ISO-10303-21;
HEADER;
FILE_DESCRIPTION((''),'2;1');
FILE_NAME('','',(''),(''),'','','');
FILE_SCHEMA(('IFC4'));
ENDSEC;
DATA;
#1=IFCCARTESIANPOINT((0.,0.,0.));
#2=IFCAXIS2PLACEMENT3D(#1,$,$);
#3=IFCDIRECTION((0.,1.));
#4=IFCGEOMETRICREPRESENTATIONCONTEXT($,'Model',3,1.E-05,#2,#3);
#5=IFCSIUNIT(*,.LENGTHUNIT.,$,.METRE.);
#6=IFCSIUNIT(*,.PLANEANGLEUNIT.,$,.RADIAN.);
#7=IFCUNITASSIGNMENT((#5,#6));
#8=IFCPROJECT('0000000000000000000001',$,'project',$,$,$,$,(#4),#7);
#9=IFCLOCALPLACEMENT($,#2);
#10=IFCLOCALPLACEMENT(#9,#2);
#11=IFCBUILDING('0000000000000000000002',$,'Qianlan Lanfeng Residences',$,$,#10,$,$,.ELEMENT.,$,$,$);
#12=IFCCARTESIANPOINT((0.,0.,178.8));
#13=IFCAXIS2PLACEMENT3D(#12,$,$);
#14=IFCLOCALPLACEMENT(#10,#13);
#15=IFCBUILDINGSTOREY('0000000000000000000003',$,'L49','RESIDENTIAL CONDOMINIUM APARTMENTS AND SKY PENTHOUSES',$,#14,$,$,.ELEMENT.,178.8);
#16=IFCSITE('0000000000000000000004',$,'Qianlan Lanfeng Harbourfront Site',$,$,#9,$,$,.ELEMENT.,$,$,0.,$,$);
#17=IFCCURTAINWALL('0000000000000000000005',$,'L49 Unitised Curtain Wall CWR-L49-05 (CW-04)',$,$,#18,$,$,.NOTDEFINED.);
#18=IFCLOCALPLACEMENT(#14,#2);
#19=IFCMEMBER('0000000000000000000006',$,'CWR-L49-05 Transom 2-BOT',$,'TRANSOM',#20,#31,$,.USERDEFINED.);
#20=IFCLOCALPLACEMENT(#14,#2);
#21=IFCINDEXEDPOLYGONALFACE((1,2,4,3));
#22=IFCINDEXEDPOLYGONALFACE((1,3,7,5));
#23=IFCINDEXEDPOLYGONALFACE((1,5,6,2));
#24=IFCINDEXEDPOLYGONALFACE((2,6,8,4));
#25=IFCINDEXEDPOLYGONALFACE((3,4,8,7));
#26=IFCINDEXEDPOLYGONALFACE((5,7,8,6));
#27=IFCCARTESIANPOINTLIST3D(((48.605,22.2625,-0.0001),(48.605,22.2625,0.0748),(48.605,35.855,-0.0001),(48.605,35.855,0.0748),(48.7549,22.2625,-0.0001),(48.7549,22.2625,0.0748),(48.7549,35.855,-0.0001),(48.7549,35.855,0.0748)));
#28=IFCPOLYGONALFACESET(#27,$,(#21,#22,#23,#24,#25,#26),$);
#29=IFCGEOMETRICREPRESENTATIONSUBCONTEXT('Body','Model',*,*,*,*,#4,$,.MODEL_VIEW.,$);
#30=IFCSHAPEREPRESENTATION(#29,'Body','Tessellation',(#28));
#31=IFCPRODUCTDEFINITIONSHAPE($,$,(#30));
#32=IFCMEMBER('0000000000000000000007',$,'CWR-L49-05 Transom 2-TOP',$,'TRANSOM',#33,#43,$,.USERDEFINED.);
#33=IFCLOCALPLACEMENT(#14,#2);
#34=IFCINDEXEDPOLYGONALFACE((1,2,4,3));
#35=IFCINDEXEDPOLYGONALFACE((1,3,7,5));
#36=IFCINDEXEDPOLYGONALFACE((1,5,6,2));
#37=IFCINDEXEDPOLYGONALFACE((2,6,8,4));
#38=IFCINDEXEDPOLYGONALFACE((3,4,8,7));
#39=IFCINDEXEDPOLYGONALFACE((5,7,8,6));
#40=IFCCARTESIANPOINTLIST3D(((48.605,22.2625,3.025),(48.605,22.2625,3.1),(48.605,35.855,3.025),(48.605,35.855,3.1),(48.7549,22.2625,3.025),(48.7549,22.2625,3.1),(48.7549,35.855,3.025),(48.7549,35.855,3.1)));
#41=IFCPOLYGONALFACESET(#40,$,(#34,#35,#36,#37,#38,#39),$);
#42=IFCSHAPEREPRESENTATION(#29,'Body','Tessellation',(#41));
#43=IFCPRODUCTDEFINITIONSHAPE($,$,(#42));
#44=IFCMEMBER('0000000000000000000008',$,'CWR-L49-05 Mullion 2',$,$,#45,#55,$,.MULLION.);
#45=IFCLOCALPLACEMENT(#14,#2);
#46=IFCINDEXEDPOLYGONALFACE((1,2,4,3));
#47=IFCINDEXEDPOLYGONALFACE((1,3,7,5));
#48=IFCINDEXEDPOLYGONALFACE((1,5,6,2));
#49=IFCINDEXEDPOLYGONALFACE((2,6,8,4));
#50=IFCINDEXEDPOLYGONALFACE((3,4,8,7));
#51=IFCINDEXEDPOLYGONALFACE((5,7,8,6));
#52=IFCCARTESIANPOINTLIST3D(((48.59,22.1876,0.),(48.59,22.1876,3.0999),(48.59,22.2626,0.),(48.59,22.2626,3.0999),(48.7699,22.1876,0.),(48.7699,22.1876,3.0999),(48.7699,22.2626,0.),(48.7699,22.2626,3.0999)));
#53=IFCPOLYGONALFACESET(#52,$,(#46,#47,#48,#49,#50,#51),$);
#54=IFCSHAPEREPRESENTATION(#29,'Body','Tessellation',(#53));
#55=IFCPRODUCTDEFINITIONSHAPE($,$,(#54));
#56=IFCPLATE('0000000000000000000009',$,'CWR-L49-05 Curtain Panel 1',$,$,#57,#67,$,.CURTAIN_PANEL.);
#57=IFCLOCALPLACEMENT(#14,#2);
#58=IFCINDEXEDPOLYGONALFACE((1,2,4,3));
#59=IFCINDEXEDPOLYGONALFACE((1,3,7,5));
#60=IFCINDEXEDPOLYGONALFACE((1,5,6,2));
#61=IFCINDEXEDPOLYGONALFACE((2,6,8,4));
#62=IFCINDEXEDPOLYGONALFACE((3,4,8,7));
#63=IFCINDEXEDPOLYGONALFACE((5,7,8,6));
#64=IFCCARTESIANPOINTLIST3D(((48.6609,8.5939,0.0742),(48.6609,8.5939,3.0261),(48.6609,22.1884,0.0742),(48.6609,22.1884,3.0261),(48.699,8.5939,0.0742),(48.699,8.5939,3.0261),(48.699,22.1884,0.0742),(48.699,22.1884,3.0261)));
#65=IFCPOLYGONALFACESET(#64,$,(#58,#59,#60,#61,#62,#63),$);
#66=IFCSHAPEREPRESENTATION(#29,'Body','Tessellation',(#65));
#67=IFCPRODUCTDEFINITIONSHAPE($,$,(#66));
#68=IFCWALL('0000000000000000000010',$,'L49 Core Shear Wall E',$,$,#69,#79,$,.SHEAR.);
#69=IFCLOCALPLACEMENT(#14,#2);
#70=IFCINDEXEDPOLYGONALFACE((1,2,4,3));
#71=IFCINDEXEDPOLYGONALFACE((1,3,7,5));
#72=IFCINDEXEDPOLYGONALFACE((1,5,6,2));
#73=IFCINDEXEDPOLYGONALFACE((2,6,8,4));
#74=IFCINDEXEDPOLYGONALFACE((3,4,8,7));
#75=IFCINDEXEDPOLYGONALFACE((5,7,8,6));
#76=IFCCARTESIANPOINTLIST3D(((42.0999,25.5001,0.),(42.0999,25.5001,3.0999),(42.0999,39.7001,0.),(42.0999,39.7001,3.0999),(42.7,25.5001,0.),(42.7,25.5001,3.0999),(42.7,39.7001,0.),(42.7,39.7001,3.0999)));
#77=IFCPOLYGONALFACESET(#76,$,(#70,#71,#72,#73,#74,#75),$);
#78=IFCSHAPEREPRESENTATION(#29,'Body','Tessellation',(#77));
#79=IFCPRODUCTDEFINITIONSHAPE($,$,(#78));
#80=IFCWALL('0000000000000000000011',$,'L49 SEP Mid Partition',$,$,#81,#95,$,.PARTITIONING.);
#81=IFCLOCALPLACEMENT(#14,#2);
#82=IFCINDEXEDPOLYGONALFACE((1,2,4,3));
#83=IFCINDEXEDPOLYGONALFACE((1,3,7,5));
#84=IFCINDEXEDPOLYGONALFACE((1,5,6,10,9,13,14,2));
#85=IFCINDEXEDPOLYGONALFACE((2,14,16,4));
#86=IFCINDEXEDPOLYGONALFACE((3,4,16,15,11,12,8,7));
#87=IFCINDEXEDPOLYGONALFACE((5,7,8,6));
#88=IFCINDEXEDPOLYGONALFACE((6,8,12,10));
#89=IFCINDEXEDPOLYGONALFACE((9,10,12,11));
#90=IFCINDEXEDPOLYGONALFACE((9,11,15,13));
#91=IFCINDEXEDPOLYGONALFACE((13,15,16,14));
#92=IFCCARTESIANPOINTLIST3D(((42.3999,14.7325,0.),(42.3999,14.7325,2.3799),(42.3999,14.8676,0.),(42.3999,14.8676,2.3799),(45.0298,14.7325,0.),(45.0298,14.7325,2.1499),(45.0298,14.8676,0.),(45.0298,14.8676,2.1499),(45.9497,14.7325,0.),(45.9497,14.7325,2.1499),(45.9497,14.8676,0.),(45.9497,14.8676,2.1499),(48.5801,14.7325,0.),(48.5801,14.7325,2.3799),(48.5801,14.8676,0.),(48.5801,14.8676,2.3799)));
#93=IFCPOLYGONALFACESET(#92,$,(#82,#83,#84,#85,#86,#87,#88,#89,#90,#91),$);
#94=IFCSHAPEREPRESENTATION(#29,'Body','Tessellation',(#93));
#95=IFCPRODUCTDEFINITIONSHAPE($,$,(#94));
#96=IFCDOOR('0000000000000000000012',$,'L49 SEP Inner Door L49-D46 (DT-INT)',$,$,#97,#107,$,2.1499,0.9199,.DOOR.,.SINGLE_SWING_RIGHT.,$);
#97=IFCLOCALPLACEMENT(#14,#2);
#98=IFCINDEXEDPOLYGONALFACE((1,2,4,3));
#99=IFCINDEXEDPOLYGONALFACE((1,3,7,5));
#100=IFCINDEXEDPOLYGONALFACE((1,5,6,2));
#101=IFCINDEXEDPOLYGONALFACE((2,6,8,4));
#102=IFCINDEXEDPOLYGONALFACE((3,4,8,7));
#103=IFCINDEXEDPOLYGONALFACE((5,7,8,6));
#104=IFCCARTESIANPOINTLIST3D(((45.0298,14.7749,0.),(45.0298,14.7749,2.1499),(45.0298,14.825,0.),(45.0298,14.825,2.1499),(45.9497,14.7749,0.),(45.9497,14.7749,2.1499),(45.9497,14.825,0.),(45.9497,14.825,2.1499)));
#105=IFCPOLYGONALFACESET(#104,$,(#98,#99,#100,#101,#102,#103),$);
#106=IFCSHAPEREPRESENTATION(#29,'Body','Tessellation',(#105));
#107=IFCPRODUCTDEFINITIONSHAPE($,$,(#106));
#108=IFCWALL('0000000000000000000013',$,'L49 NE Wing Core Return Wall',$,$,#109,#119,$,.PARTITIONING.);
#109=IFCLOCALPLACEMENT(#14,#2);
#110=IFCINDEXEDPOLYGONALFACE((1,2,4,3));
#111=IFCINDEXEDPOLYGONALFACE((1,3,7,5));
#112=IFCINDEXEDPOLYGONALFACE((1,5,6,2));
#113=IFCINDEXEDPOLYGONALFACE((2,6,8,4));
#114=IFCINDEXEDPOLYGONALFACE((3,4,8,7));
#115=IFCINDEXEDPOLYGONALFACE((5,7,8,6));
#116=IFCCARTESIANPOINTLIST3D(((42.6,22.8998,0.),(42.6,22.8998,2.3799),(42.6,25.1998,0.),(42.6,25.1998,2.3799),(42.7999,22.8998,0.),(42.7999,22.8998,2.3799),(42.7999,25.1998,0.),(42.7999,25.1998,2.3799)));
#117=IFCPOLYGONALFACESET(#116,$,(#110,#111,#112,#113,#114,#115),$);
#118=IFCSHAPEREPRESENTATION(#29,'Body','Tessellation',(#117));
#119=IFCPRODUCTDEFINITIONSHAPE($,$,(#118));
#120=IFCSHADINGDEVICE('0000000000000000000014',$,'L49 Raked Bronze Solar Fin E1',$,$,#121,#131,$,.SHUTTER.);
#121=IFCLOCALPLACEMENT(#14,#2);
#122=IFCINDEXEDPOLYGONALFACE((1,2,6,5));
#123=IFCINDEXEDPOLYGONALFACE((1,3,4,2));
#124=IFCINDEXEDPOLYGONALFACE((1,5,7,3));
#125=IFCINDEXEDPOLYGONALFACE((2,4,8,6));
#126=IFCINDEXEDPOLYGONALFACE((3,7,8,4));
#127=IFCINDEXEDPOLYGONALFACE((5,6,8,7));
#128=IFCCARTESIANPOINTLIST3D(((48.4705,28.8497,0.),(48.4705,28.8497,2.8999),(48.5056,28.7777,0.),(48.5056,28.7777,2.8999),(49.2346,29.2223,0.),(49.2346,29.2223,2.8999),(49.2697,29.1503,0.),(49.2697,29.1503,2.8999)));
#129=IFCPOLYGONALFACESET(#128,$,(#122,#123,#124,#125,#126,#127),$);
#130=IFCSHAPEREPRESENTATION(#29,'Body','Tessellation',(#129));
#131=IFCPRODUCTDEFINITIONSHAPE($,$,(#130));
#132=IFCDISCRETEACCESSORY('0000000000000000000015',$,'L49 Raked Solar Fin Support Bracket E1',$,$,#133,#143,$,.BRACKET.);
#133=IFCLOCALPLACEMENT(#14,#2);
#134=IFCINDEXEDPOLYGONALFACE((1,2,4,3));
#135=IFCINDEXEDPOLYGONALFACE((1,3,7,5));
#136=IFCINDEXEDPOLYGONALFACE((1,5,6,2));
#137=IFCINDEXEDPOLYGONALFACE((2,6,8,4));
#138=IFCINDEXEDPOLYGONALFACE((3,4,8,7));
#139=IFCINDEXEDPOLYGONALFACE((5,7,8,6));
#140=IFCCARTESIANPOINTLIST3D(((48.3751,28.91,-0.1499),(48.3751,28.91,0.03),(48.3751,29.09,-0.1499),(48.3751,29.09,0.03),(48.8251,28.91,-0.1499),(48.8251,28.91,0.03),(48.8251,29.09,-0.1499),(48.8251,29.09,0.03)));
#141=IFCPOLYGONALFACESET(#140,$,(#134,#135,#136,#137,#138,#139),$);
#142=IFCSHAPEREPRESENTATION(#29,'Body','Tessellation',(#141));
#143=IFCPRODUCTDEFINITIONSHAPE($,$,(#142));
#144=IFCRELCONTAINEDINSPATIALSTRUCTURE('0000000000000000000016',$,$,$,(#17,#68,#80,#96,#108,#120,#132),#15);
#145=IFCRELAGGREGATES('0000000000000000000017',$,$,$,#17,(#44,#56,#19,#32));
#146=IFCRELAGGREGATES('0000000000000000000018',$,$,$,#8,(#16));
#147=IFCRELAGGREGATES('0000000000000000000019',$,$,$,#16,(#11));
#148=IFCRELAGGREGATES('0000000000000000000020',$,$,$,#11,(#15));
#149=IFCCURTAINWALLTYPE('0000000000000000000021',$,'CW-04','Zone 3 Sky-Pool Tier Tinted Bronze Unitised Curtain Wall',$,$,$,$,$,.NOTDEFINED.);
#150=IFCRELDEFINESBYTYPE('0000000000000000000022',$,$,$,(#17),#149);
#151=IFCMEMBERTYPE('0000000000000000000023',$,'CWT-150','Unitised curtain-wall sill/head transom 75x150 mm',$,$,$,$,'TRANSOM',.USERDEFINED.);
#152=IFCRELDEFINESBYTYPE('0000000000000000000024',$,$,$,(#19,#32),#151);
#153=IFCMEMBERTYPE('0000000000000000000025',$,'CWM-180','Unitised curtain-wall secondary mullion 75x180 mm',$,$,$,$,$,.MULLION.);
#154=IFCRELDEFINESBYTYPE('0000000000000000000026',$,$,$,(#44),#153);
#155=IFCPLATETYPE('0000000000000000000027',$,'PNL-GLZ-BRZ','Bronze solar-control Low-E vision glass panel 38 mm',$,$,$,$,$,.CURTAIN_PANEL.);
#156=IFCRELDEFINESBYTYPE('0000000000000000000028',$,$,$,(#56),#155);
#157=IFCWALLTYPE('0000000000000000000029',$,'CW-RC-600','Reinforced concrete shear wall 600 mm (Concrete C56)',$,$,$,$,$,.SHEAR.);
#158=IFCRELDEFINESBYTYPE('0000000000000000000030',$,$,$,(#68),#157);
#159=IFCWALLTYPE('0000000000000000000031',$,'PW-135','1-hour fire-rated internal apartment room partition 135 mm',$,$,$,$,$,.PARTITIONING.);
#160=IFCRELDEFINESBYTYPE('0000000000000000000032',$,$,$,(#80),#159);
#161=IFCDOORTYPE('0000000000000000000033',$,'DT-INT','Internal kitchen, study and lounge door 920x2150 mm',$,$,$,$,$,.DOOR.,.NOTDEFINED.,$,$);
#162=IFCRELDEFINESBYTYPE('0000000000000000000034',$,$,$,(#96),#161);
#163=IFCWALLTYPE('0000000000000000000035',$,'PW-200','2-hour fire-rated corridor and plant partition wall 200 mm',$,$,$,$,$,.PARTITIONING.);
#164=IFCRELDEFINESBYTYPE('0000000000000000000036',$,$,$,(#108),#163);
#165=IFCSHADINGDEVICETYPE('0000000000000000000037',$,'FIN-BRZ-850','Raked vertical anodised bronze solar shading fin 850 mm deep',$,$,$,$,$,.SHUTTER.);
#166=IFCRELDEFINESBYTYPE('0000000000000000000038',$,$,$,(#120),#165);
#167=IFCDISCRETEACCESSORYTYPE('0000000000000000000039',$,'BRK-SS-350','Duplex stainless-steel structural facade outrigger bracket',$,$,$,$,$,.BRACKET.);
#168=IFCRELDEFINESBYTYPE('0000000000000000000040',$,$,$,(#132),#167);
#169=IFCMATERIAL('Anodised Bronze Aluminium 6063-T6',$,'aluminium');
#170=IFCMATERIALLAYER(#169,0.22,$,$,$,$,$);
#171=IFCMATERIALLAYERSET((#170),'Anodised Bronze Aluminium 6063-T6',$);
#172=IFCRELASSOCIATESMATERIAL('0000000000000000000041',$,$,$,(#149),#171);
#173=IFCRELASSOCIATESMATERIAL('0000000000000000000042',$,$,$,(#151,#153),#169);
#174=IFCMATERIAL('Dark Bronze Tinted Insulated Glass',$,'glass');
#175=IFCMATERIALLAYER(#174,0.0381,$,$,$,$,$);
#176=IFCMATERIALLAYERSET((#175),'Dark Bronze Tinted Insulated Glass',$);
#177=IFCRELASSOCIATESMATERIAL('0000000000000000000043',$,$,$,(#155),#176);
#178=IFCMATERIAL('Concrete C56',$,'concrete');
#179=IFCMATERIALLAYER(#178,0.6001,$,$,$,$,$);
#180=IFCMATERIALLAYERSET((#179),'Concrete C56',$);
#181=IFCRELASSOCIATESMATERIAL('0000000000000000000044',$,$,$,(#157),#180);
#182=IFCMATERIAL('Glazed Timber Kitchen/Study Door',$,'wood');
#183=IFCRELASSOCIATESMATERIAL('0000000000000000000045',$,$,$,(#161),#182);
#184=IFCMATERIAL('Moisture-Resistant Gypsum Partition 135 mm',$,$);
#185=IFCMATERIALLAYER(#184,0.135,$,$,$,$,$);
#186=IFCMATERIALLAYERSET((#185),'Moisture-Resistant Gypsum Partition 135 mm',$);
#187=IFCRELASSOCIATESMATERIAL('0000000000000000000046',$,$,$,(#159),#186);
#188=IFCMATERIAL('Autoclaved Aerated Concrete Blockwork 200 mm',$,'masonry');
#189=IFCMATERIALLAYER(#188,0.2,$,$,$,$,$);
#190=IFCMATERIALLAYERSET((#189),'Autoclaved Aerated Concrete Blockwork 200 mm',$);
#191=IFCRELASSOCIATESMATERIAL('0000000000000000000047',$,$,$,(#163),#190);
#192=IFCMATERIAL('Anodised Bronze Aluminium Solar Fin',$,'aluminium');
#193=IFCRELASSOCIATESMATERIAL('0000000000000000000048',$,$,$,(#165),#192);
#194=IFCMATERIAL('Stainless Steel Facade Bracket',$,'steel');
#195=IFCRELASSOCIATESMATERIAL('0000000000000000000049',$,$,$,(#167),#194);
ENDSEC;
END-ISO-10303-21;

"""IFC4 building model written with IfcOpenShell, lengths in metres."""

from ifc_helpers import new_model, si_unit, direction, frame, frame_2d, origin, origin_2d, place, context, subcontext, project, spatial, rectangle, extrude, source, transform, mapped, material, layer, layer_set, material_profile, profile_set, type_object, element, fill, aggregate, save


model = new_model("IFC4")

# Units and contexts
model_context = context("Model", 3, precision=1e-05, world=origin(), true_north=direction((0.0, 1.0)))
body_context = subcontext(model_context, "Body", "Model", "MODEL_VIEW")
ifc_project = project(units=[si_unit("LENGTHUNIT", "METRE"), si_unit("PLANEANGLEUNIT", "RADIAN")], contexts=[model_context])

# Site, building, storey
site_placement = place(None, origin())
site = spatial("IfcSite", under=ifc_project, at=site_placement, Name="Qianlan Lanfeng Harbourfront Site", CompositionType="ELEMENT", RefElevation=0.0)
building_placement = place(site_placement, origin())
building = spatial("IfcBuilding", under=site, at=building_placement, Name="Qianlan Lanfeng Residences", CompositionType="ELEMENT")
storey_placement = place(building_placement, frame((0.0, 0.0, 178.8)))
storey = spatial("IfcBuildingStorey", under=building, at=storey_placement, Name="L49", Description="RESIDENTIAL CONDOMINIUM APARTMENTS AND SKY PENTHOUSES", CompositionType="ELEMENT", Elevation=178.8)

# Curtain wall, members, plate
ifc_material_1 = material(Name="Anodised Bronze Aluminium 6063-T6", Category="aluminium")
ifc_layer_1 = layer(ifc_material_1, 0.22)
ifc_layer_set_1 = layer_set([ifc_layer_1], Name="Anodised Bronze Aluminium 6063-T6")
curtain_wall_type = type_object("IfcCurtainWallType", Name="CW-04", Description="Zone 3 Sky-Pool Tier Tinted Bronze Unitised Curtain Wall", PredefinedType="NOTDEFINED", material=ifc_layer_set_1)
curtain_wall_placement = place(storey_placement, origin())
curtain_wall = element("IfcCurtainWall", 1, at=curtain_wall_placement, inside=storey, type_object=curtain_wall_type, Name="L49 Unitised Curtain Wall CWR-L49-05 (CW-04)", PredefinedType="NOTDEFINED")
ifc_material_profile_1 = material_profile(ifc_material_1, rectangle(XDim=0.075, YDim=0.1499, at=origin_2d()), Name="ALU TRANSOM 75x150")
ifc_profile_set_1 = profile_set([ifc_material_profile_1], Name="Anodised Bronze Aluminium 6063-T6")
member_type_1 = type_object("IfcMemberType", Name="CWT-150", Description="Unitised curtain-wall sill/head transom 75x150 mm", ElementType="TRANSOM", PredefinedType="USERDEFINED", material=ifc_profile_set_1)
shared_shape_1 = source(origin(), body_context, "Body", "SweptSolid", [
    extrude(rectangle(XDim=0.075, YDim=0.1499, at=origin_2d()), origin(), (0.0, 0.0, 1.0), 13.5925),
])
member_1_placement = place(storey_placement, frame((48.6799, 22.2625, 0.0374), z_axis=(0.0, 1.0, 0.0), x_axis=(0.0, 0.0, 1.0)))
member_1 = element("IfcMember", 2, at=member_1_placement, type_object=member_type_1, Name="CWR-L49-05 Transom 2-BOT", ObjectType="TRANSOM", PredefinedType="USERDEFINED", context=body_context, shape_type="MappedRepresentation", body=[
    mapped(shared_shape_1, transform((0.0, 0.0, 0.0), scale=1.0)),
])
member_2_placement = place(storey_placement, frame((48.6799, 22.2625, 3.0625), z_axis=(0.0, 1.0, 0.0), x_axis=(0.0, 0.0, 1.0)))
member_2 = element("IfcMember", 3, at=member_2_placement, type_object=member_type_1, Name="CWR-L49-05 Transom 2-TOP", ObjectType="TRANSOM", PredefinedType="USERDEFINED", context=body_context, shape_type="MappedRepresentation", body=[
    mapped(shared_shape_1, transform((0.0, 0.0, 0.0), scale=1.0)),
])
ifc_material_profile_2 = material_profile(ifc_material_1, rectangle(XDim=0.075, YDim=0.1799, at=origin_2d()), Name="ALU MULLION 75x180")
ifc_profile_set_2 = profile_set([ifc_material_profile_2], Name="Anodised Bronze Aluminium 6063-T6")
member_type_2 = type_object("IfcMemberType", Name="CWM-180", Description="Unitised curtain-wall secondary mullion 75x180 mm", PredefinedType="MULLION", material=ifc_profile_set_2)
shared_shape_2 = source(origin(), body_context, "Body", "SweptSolid", [
    extrude(rectangle(XDim=0.075, YDim=0.1799, at=origin_2d()), origin(), (0.0, 0.0, 1.0), 3.0999),
])
member_3_placement = place(storey_placement, frame((48.6799, 22.2251, 0.0), z_axis=(0.0, 0.0, 1.0), x_axis=(0.0, 1.0, 0.0)))
member_3 = element("IfcMember", 4, at=member_3_placement, type_object=member_type_2, Name="CWR-L49-05 Mullion 2", PredefinedType="MULLION", context=body_context, shape_type="MappedRepresentation", body=[
    mapped(shared_shape_2, transform((0.0, 0.0, 0.0), scale=1.0)),
])
ifc_material_2 = material(Name="Dark Bronze Tinted Insulated Glass", Category="glass")
ifc_layer_2 = layer(ifc_material_2, 0.0381)
ifc_layer_set_2 = layer_set([ifc_layer_2], Name="Dark Bronze Tinted Insulated Glass")
plate_type = type_object("IfcPlateType", Name="PNL-GLZ-BRZ", Description="Bronze solar-control Low-E vision glass panel 38 mm", PredefinedType="CURTAIN_PANEL", material=ifc_layer_set_2)
shared_shape_3 = source(origin(), body_context, "Body", "SweptSolid", [
    extrude(rectangle(XDim=13.5945, YDim=0.0381, at=origin_2d()), origin(), (0.0, 0.0, 1.0), 2.9519),
])
plate_placement = place(storey_placement, frame((48.6799, 15.3911, 0.0742), z_axis=(0.0, 0.0, 1.0), x_axis=(0.0, 1.0, 0.0)))
plate = element("IfcPlate", 5, at=plate_placement, type_object=plate_type, Name="CWR-L49-05 Curtain Panel 1", PredefinedType="CURTAIN_PANEL", context=body_context, shape_type="MappedRepresentation", body=[
    mapped(shared_shape_3, transform((0.0, 0.0, 0.0), scale=1.0)),
])
aggregate(curtain_wall, [member_3, plate, member_1, member_2])

# Wall
ifc_material_3 = material(Name="Concrete C56", Category="concrete")
ifc_layer_3 = layer(ifc_material_3, 0.6001)
ifc_layer_set_3 = layer_set([ifc_layer_3], Name="Concrete C56")
wall_type_1 = type_object("IfcWallType", Name="CW-RC-600", Description="Reinforced concrete shear wall 600 mm (Concrete C56)", PredefinedType="SHEAR", material=ifc_layer_set_3)
wall_1_placement = place(storey_placement, frame((42.3999, 25.5, 0.0), z_axis=(0.0, 0.0, 1.0), x_axis=(0.0, 1.0, 0.0)))
element("IfcWall", 6, at=wall_1_placement, inside=storey, type_object=wall_type_1, Name="L49 Core Shear Wall E", PredefinedType="SHEAR", context=body_context, shape_type="SweptSolid", body=[
    extrude(rectangle(XDim=14.2, YDim=0.6001, at=frame_2d((7.1001, 0.0))), origin(), (0.0, 0.0, 1.0), 3.0999),
])

# Wall, opening, door
ifc_material_4 = material(Name="Glazed Timber Kitchen/Study Door", Category="wood")
door_type = type_object("IfcDoorType", Name="DT-INT", Description="Internal kitchen, study and lounge door 920x2150 mm", OperationType="NOTDEFINED", PredefinedType="DOOR", material=ifc_material_4)
ifc_material_5 = material(Name="Moisture-Resistant Gypsum Partition 135 mm")
ifc_layer_4 = layer(ifc_material_5, 0.135)
ifc_layer_set_4 = layer_set([ifc_layer_4], Name="Moisture-Resistant Gypsum Partition 135 mm")
wall_type_2 = type_object("IfcWallType", Name="PW-135", Description="1-hour fire-rated internal apartment room partition 135 mm", PredefinedType="PARTITIONING", material=ifc_layer_set_4)
wall_2_placement = place(storey_placement, frame((42.3999, 14.8, 0.0), z_axis=(0.0, 0.0, 1.0), x_axis=(1.0, 0.0, 0.0)))
wall_2 = element("IfcWall", 7, at=wall_2_placement, inside=storey, type_object=wall_type_2, Name="L49 SEP Mid Partition", PredefinedType="PARTITIONING", context=body_context, shape_type="SweptSolid", body=[
    extrude(rectangle(XDim=6.1802, YDim=0.135, at=frame_2d((3.0901, 0.0))), origin(), (0.0, 0.0, 1.0), 2.3799),
])
opening_1_placement = place(wall_2_placement, frame((2.6299, 0.0, 0.0)))
opening_1 = element("IfcOpeningElement", 8, at=opening_1_placement, cuts=wall_2, PredefinedType="OPENING", context=body_context, shape_type="SweptSolid", body=[
    extrude(rectangle(XDim=0.9199, YDim=2.1499, at=frame_2d((0.46, 1.075))), frame((0.0, 0.0776, 0.0), z_axis=(0.0, -1.0, 0.0), x_axis=(1.0, 0.0, 0.0)), (0.0, 0.0, 1.0), 0.155),
])
door_1_placement = place(opening_1_placement, origin())
door_1 = element("IfcDoor", 9, at=door_1_placement, inside=storey, type_object=door_type, Name="L49 SEP Inner Door L49-D46 (DT-INT)", OperationType="SINGLE_SWING_RIGHT", OverallHeight=2.1499, OverallWidth=0.9199, PredefinedType="DOOR", context=body_context, shape_type="SweptSolid", body=[
    extrude(rectangle(XDim=0.9199, YDim=2.1499, at=frame_2d((0.46, 1.075))), frame((0.0, 0.0249, 0.0), z_axis=(0.0, -1.0, 0.0), x_axis=(1.0, 0.0, 0.0)), (0.0, 0.0, 1.0), 0.05),
])
fill(opening_1, door_1)
ifc_material_6 = material(Name="Autoclaved Aerated Concrete Blockwork 200 mm", Category="masonry")
ifc_layer_5 = layer(ifc_material_6, 0.2)
ifc_layer_set_5 = layer_set([ifc_layer_5], Name="Autoclaved Aerated Concrete Blockwork 200 mm")
wall_type_3 = type_object("IfcWallType", Name="PW-200", Description="2-hour fire-rated corridor and plant partition wall 200 mm", PredefinedType="PARTITIONING", material=ifc_layer_set_5)

# Wall
wall_3_placement = place(storey_placement, frame((42.7, 22.8999, 0.0), z_axis=(0.0, 0.0, 1.0), x_axis=(0.0, 1.0, 0.0)))
element("IfcWall", 10, at=wall_3_placement, inside=storey, type_object=wall_type_3, Name="L49 NE Wing Core Return Wall", PredefinedType="PARTITIONING", context=body_context, shape_type="SweptSolid", body=[
    extrude(rectangle(XDim=2.3, YDim=0.2, at=frame_2d((1.1499, 0.0))), origin(), (0.0, 0.0, 1.0), 2.3799),
])

# Shading device
ifc_material_7 = material(Name="Anodised Bronze Aluminium Solar Fin", Category="aluminium")
shading_device_type = type_object("IfcShadingDeviceType", Name="FIN-BRZ-850", Description="Raked vertical anodised bronze solar shading fin 850 mm deep", PredefinedType="SHUTTER", material=ifc_material_7)
shared_shape_4 = source(origin(), body_context, "Body", "SweptSolid", [
    extrude(rectangle(XDim=0.8501, YDim=0.0801, at=origin_2d()), origin(), (0.0, 0.0, 1.0), 2.8999),
])
shading_device_placement = place(storey_placement, frame((48.8701, 29.0, 0.0), z_axis=(0.0, 0.0, 1.0), x_axis=(0.898794, 0.438371, 0.0)))
element("IfcShadingDevice", 11, at=shading_device_placement, inside=storey, type_object=shading_device_type, Name="L49 Raked Bronze Solar Fin E1", PredefinedType="SHUTTER", context=body_context, shape_type="MappedRepresentation", body=[
    mapped(shared_shape_4, transform((0.0, 0.0, 0.0), scale=1.0)),
])

# Discrete accessory
ifc_material_8 = material(Name="Stainless Steel Facade Bracket", Category="steel")
discrete_accessory_type = type_object("IfcDiscreteAccessoryType", Name="BRK-SS-350", Description="Duplex stainless-steel structural facade outrigger bracket", PredefinedType="BRACKET", material=ifc_material_8)
shared_shape_5 = source(origin(), body_context, "Body", "SweptSolid", [
    extrude(rectangle(XDim=0.45, YDim=0.1799, at=origin_2d()), origin(), (0.0, 0.0, 1.0), 0.1799),
])
discrete_accessory_placement = place(storey_placement, frame((48.6001, 29.0, -0.1499), z_axis=(0.0, 0.0, 1.0), x_axis=(1.0, 0.0, 0.0)))
element("IfcDiscreteAccessory", 12, at=discrete_accessory_placement, inside=storey, type_object=discrete_accessory_type, Name="L49 Raked Solar Fin Support Bracket E1", PredefinedType="BRACKET", context=body_context, shape_type="MappedRepresentation", body=[
    mapped(shared_shape_5, transform((0.0, 0.0, 0.0), scale=1.0)),
])

save(model, "model.ifc")
